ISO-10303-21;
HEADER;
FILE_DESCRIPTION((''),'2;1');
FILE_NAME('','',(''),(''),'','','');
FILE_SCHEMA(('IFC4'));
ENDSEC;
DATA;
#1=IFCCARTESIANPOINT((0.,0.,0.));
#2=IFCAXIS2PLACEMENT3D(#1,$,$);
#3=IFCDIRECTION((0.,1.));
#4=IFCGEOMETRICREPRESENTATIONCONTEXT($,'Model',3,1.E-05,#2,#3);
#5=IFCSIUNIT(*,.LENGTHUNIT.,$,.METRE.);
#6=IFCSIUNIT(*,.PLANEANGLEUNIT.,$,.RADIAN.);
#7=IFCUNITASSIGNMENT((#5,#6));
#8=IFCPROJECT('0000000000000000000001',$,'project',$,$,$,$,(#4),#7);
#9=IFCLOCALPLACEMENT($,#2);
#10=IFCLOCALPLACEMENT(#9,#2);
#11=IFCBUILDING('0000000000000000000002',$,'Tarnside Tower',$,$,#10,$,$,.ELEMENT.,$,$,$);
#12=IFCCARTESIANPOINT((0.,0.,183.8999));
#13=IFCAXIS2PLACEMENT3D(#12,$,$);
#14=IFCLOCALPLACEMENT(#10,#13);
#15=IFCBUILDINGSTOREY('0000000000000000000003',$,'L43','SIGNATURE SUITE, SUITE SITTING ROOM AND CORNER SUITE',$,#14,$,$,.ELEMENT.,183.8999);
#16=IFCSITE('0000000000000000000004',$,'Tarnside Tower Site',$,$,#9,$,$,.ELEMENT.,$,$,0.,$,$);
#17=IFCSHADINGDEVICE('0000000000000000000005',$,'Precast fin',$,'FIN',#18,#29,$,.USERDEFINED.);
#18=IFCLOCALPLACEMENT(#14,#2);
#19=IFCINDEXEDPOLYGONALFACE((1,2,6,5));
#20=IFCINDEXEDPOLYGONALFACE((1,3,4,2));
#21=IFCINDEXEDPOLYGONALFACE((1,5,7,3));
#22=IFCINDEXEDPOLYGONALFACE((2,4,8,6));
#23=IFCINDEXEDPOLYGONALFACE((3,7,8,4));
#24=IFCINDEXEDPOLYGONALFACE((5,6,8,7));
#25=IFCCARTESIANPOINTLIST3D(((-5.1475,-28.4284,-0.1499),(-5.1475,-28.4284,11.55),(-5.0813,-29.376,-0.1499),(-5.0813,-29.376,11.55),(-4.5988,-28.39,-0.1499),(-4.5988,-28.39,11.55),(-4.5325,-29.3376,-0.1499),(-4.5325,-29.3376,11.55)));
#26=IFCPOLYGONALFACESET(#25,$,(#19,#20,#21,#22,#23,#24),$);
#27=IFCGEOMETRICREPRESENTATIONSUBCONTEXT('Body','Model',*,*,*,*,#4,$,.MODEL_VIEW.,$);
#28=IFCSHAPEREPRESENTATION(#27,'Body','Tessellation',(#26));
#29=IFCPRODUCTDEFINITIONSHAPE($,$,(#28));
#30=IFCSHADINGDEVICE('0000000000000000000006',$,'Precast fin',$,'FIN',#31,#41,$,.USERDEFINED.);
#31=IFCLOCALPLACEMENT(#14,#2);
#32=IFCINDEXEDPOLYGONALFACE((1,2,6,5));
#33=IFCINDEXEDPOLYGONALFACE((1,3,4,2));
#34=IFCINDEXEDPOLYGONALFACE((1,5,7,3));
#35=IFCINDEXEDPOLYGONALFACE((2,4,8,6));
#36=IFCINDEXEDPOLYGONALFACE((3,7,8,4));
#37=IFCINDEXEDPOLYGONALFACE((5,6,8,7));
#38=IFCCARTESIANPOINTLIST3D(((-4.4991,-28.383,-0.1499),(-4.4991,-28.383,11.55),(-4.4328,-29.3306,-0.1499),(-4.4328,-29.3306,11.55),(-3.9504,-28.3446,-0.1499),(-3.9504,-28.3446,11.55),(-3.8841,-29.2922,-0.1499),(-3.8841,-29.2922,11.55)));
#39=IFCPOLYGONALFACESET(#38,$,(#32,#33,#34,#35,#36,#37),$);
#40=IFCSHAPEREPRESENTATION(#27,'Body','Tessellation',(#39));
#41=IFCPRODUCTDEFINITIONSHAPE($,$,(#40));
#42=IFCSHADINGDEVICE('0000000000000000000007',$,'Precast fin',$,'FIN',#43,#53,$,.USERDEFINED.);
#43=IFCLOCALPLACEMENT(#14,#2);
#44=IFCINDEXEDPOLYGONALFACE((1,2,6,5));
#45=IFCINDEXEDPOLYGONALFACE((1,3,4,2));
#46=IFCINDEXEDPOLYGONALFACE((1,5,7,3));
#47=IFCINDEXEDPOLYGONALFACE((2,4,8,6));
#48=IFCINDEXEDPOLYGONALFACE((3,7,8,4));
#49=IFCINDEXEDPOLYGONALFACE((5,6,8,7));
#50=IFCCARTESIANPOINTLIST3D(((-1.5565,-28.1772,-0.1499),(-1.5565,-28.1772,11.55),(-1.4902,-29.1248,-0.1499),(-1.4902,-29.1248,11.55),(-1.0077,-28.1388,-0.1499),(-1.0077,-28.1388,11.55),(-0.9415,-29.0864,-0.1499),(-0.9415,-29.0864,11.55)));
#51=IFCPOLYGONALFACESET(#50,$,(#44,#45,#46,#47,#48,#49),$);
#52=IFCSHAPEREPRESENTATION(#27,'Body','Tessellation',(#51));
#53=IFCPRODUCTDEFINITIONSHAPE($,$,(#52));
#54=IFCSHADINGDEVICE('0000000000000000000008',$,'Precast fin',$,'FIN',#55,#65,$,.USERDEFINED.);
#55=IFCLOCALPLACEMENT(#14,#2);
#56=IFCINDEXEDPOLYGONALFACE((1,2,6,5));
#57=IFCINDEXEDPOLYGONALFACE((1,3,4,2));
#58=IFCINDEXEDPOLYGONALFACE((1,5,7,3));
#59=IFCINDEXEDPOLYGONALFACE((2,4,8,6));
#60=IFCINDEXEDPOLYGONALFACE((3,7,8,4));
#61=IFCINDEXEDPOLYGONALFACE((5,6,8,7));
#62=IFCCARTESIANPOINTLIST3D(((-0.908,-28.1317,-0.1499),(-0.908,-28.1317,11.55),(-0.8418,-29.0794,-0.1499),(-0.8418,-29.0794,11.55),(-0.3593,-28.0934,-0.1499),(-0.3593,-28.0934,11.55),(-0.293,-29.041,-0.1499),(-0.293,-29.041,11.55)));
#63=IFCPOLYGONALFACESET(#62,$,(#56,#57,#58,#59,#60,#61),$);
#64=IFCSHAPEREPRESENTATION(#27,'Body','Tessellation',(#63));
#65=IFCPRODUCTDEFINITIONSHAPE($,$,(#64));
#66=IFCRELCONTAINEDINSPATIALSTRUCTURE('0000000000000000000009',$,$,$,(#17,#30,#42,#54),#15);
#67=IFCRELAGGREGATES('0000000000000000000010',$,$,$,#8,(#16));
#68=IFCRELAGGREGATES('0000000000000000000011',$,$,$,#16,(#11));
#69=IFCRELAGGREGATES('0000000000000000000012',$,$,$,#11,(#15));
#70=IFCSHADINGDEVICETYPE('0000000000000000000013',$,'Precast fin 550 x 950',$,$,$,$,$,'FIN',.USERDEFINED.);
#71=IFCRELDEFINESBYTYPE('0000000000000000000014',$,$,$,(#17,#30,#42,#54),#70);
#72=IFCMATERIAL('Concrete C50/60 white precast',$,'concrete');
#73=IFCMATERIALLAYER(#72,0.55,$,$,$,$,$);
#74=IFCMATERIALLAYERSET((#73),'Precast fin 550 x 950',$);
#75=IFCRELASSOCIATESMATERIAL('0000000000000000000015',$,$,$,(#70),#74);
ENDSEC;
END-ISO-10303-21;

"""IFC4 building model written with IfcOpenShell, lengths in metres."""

from ifc_helpers import new_model, si_unit, direction, frame, origin, place, context, subcontext, project, spatial, polyline, outline, extrude, material, layer, layer_set, type_object, element, save


model = new_model("IFC4")

# Units and contexts
model_context = context("Model", 3, precision=1e-05, world=origin(), true_north=direction((0.0, 1.0)))
body_context = subcontext(model_context, "Body", "Model", "MODEL_VIEW")
ifc_project = project(units=[si_unit("LENGTHUNIT", "METRE"), si_unit("PLANEANGLEUNIT", "RADIAN")], contexts=[model_context])

# Site, building, storey
site_placement = place(None, origin())
site = spatial("IfcSite", under=ifc_project, at=site_placement, Name="Tarnside Tower Site", CompositionType="ELEMENT", RefElevation=0.0)
building_placement = place(site_placement, origin())
building = spatial("IfcBuilding", under=site, at=building_placement, Name="Tarnside Tower", CompositionType="ELEMENT")
storey_placement = place(building_placement, frame((0.0, 0.0, 183.8999)))
storey = spatial("IfcBuildingStorey", under=building, at=storey_placement, Name="L43", Description="SIGNATURE SUITE, SUITE SITTING ROOM AND CORNER SUITE", CompositionType="ELEMENT", Elevation=183.8999)

# Shading devices
ifc_material_1 = material(Name="Concrete C50/60 white precast", Category="concrete")
ifc_layer_1 = layer(ifc_material_1, 0.55)
ifc_layer_set_1 = layer_set([ifc_layer_1], Name="Precast fin 550 x 950")
shading_device_type = type_object("IfcShadingDeviceType", Name="Precast fin 550 x 950", ElementType="FIN", PredefinedType="USERDEFINED", material=ifc_layer_set_1)
for number, where, z_axis, x_axis, name in (
    (1, (-4.873, -28.4092, -0.1499), (-0.997564, -0.069756, 0.0), (0.069756, -0.997564, 0.0), "Precast fin"),
    (2, (-4.2246, -28.3638, -0.1499), (-0.997564, -0.069756, 0.0), (0.069756, -0.997564, 0.0), "Precast fin"),
    (3, (-1.282, -28.158, -0.1499), (-0.997564, -0.069756, 0.0), (0.069756, -0.997564, 0.0), "Precast fin"),
    (4, (-0.6335, -28.1125, -0.1499), (-0.997564, -0.069756, 0.0), (0.069756, -0.997564, 0.0), "Precast fin"),
):
    element("IfcShadingDevice", number, at=place(storey_placement, frame(where, z_axis=z_axis, x_axis=x_axis)), inside=storey, type_object=shading_device_type, Name=name, ObjectType="FIN", PredefinedType="USERDEFINED", context=body_context, shape_type="SweptSolid", body=[
        extrude(outline(polyline([(0.0, 0.0), (0.95, 0.0), (0.95, 11.7), (0.0, 11.7), (0.0, 0.0)])), frame((0.0, 0.0, -0.2749)), (0.0, 0.0, 1.0), 0.55),
    ])

save(model, "model.ifc")
